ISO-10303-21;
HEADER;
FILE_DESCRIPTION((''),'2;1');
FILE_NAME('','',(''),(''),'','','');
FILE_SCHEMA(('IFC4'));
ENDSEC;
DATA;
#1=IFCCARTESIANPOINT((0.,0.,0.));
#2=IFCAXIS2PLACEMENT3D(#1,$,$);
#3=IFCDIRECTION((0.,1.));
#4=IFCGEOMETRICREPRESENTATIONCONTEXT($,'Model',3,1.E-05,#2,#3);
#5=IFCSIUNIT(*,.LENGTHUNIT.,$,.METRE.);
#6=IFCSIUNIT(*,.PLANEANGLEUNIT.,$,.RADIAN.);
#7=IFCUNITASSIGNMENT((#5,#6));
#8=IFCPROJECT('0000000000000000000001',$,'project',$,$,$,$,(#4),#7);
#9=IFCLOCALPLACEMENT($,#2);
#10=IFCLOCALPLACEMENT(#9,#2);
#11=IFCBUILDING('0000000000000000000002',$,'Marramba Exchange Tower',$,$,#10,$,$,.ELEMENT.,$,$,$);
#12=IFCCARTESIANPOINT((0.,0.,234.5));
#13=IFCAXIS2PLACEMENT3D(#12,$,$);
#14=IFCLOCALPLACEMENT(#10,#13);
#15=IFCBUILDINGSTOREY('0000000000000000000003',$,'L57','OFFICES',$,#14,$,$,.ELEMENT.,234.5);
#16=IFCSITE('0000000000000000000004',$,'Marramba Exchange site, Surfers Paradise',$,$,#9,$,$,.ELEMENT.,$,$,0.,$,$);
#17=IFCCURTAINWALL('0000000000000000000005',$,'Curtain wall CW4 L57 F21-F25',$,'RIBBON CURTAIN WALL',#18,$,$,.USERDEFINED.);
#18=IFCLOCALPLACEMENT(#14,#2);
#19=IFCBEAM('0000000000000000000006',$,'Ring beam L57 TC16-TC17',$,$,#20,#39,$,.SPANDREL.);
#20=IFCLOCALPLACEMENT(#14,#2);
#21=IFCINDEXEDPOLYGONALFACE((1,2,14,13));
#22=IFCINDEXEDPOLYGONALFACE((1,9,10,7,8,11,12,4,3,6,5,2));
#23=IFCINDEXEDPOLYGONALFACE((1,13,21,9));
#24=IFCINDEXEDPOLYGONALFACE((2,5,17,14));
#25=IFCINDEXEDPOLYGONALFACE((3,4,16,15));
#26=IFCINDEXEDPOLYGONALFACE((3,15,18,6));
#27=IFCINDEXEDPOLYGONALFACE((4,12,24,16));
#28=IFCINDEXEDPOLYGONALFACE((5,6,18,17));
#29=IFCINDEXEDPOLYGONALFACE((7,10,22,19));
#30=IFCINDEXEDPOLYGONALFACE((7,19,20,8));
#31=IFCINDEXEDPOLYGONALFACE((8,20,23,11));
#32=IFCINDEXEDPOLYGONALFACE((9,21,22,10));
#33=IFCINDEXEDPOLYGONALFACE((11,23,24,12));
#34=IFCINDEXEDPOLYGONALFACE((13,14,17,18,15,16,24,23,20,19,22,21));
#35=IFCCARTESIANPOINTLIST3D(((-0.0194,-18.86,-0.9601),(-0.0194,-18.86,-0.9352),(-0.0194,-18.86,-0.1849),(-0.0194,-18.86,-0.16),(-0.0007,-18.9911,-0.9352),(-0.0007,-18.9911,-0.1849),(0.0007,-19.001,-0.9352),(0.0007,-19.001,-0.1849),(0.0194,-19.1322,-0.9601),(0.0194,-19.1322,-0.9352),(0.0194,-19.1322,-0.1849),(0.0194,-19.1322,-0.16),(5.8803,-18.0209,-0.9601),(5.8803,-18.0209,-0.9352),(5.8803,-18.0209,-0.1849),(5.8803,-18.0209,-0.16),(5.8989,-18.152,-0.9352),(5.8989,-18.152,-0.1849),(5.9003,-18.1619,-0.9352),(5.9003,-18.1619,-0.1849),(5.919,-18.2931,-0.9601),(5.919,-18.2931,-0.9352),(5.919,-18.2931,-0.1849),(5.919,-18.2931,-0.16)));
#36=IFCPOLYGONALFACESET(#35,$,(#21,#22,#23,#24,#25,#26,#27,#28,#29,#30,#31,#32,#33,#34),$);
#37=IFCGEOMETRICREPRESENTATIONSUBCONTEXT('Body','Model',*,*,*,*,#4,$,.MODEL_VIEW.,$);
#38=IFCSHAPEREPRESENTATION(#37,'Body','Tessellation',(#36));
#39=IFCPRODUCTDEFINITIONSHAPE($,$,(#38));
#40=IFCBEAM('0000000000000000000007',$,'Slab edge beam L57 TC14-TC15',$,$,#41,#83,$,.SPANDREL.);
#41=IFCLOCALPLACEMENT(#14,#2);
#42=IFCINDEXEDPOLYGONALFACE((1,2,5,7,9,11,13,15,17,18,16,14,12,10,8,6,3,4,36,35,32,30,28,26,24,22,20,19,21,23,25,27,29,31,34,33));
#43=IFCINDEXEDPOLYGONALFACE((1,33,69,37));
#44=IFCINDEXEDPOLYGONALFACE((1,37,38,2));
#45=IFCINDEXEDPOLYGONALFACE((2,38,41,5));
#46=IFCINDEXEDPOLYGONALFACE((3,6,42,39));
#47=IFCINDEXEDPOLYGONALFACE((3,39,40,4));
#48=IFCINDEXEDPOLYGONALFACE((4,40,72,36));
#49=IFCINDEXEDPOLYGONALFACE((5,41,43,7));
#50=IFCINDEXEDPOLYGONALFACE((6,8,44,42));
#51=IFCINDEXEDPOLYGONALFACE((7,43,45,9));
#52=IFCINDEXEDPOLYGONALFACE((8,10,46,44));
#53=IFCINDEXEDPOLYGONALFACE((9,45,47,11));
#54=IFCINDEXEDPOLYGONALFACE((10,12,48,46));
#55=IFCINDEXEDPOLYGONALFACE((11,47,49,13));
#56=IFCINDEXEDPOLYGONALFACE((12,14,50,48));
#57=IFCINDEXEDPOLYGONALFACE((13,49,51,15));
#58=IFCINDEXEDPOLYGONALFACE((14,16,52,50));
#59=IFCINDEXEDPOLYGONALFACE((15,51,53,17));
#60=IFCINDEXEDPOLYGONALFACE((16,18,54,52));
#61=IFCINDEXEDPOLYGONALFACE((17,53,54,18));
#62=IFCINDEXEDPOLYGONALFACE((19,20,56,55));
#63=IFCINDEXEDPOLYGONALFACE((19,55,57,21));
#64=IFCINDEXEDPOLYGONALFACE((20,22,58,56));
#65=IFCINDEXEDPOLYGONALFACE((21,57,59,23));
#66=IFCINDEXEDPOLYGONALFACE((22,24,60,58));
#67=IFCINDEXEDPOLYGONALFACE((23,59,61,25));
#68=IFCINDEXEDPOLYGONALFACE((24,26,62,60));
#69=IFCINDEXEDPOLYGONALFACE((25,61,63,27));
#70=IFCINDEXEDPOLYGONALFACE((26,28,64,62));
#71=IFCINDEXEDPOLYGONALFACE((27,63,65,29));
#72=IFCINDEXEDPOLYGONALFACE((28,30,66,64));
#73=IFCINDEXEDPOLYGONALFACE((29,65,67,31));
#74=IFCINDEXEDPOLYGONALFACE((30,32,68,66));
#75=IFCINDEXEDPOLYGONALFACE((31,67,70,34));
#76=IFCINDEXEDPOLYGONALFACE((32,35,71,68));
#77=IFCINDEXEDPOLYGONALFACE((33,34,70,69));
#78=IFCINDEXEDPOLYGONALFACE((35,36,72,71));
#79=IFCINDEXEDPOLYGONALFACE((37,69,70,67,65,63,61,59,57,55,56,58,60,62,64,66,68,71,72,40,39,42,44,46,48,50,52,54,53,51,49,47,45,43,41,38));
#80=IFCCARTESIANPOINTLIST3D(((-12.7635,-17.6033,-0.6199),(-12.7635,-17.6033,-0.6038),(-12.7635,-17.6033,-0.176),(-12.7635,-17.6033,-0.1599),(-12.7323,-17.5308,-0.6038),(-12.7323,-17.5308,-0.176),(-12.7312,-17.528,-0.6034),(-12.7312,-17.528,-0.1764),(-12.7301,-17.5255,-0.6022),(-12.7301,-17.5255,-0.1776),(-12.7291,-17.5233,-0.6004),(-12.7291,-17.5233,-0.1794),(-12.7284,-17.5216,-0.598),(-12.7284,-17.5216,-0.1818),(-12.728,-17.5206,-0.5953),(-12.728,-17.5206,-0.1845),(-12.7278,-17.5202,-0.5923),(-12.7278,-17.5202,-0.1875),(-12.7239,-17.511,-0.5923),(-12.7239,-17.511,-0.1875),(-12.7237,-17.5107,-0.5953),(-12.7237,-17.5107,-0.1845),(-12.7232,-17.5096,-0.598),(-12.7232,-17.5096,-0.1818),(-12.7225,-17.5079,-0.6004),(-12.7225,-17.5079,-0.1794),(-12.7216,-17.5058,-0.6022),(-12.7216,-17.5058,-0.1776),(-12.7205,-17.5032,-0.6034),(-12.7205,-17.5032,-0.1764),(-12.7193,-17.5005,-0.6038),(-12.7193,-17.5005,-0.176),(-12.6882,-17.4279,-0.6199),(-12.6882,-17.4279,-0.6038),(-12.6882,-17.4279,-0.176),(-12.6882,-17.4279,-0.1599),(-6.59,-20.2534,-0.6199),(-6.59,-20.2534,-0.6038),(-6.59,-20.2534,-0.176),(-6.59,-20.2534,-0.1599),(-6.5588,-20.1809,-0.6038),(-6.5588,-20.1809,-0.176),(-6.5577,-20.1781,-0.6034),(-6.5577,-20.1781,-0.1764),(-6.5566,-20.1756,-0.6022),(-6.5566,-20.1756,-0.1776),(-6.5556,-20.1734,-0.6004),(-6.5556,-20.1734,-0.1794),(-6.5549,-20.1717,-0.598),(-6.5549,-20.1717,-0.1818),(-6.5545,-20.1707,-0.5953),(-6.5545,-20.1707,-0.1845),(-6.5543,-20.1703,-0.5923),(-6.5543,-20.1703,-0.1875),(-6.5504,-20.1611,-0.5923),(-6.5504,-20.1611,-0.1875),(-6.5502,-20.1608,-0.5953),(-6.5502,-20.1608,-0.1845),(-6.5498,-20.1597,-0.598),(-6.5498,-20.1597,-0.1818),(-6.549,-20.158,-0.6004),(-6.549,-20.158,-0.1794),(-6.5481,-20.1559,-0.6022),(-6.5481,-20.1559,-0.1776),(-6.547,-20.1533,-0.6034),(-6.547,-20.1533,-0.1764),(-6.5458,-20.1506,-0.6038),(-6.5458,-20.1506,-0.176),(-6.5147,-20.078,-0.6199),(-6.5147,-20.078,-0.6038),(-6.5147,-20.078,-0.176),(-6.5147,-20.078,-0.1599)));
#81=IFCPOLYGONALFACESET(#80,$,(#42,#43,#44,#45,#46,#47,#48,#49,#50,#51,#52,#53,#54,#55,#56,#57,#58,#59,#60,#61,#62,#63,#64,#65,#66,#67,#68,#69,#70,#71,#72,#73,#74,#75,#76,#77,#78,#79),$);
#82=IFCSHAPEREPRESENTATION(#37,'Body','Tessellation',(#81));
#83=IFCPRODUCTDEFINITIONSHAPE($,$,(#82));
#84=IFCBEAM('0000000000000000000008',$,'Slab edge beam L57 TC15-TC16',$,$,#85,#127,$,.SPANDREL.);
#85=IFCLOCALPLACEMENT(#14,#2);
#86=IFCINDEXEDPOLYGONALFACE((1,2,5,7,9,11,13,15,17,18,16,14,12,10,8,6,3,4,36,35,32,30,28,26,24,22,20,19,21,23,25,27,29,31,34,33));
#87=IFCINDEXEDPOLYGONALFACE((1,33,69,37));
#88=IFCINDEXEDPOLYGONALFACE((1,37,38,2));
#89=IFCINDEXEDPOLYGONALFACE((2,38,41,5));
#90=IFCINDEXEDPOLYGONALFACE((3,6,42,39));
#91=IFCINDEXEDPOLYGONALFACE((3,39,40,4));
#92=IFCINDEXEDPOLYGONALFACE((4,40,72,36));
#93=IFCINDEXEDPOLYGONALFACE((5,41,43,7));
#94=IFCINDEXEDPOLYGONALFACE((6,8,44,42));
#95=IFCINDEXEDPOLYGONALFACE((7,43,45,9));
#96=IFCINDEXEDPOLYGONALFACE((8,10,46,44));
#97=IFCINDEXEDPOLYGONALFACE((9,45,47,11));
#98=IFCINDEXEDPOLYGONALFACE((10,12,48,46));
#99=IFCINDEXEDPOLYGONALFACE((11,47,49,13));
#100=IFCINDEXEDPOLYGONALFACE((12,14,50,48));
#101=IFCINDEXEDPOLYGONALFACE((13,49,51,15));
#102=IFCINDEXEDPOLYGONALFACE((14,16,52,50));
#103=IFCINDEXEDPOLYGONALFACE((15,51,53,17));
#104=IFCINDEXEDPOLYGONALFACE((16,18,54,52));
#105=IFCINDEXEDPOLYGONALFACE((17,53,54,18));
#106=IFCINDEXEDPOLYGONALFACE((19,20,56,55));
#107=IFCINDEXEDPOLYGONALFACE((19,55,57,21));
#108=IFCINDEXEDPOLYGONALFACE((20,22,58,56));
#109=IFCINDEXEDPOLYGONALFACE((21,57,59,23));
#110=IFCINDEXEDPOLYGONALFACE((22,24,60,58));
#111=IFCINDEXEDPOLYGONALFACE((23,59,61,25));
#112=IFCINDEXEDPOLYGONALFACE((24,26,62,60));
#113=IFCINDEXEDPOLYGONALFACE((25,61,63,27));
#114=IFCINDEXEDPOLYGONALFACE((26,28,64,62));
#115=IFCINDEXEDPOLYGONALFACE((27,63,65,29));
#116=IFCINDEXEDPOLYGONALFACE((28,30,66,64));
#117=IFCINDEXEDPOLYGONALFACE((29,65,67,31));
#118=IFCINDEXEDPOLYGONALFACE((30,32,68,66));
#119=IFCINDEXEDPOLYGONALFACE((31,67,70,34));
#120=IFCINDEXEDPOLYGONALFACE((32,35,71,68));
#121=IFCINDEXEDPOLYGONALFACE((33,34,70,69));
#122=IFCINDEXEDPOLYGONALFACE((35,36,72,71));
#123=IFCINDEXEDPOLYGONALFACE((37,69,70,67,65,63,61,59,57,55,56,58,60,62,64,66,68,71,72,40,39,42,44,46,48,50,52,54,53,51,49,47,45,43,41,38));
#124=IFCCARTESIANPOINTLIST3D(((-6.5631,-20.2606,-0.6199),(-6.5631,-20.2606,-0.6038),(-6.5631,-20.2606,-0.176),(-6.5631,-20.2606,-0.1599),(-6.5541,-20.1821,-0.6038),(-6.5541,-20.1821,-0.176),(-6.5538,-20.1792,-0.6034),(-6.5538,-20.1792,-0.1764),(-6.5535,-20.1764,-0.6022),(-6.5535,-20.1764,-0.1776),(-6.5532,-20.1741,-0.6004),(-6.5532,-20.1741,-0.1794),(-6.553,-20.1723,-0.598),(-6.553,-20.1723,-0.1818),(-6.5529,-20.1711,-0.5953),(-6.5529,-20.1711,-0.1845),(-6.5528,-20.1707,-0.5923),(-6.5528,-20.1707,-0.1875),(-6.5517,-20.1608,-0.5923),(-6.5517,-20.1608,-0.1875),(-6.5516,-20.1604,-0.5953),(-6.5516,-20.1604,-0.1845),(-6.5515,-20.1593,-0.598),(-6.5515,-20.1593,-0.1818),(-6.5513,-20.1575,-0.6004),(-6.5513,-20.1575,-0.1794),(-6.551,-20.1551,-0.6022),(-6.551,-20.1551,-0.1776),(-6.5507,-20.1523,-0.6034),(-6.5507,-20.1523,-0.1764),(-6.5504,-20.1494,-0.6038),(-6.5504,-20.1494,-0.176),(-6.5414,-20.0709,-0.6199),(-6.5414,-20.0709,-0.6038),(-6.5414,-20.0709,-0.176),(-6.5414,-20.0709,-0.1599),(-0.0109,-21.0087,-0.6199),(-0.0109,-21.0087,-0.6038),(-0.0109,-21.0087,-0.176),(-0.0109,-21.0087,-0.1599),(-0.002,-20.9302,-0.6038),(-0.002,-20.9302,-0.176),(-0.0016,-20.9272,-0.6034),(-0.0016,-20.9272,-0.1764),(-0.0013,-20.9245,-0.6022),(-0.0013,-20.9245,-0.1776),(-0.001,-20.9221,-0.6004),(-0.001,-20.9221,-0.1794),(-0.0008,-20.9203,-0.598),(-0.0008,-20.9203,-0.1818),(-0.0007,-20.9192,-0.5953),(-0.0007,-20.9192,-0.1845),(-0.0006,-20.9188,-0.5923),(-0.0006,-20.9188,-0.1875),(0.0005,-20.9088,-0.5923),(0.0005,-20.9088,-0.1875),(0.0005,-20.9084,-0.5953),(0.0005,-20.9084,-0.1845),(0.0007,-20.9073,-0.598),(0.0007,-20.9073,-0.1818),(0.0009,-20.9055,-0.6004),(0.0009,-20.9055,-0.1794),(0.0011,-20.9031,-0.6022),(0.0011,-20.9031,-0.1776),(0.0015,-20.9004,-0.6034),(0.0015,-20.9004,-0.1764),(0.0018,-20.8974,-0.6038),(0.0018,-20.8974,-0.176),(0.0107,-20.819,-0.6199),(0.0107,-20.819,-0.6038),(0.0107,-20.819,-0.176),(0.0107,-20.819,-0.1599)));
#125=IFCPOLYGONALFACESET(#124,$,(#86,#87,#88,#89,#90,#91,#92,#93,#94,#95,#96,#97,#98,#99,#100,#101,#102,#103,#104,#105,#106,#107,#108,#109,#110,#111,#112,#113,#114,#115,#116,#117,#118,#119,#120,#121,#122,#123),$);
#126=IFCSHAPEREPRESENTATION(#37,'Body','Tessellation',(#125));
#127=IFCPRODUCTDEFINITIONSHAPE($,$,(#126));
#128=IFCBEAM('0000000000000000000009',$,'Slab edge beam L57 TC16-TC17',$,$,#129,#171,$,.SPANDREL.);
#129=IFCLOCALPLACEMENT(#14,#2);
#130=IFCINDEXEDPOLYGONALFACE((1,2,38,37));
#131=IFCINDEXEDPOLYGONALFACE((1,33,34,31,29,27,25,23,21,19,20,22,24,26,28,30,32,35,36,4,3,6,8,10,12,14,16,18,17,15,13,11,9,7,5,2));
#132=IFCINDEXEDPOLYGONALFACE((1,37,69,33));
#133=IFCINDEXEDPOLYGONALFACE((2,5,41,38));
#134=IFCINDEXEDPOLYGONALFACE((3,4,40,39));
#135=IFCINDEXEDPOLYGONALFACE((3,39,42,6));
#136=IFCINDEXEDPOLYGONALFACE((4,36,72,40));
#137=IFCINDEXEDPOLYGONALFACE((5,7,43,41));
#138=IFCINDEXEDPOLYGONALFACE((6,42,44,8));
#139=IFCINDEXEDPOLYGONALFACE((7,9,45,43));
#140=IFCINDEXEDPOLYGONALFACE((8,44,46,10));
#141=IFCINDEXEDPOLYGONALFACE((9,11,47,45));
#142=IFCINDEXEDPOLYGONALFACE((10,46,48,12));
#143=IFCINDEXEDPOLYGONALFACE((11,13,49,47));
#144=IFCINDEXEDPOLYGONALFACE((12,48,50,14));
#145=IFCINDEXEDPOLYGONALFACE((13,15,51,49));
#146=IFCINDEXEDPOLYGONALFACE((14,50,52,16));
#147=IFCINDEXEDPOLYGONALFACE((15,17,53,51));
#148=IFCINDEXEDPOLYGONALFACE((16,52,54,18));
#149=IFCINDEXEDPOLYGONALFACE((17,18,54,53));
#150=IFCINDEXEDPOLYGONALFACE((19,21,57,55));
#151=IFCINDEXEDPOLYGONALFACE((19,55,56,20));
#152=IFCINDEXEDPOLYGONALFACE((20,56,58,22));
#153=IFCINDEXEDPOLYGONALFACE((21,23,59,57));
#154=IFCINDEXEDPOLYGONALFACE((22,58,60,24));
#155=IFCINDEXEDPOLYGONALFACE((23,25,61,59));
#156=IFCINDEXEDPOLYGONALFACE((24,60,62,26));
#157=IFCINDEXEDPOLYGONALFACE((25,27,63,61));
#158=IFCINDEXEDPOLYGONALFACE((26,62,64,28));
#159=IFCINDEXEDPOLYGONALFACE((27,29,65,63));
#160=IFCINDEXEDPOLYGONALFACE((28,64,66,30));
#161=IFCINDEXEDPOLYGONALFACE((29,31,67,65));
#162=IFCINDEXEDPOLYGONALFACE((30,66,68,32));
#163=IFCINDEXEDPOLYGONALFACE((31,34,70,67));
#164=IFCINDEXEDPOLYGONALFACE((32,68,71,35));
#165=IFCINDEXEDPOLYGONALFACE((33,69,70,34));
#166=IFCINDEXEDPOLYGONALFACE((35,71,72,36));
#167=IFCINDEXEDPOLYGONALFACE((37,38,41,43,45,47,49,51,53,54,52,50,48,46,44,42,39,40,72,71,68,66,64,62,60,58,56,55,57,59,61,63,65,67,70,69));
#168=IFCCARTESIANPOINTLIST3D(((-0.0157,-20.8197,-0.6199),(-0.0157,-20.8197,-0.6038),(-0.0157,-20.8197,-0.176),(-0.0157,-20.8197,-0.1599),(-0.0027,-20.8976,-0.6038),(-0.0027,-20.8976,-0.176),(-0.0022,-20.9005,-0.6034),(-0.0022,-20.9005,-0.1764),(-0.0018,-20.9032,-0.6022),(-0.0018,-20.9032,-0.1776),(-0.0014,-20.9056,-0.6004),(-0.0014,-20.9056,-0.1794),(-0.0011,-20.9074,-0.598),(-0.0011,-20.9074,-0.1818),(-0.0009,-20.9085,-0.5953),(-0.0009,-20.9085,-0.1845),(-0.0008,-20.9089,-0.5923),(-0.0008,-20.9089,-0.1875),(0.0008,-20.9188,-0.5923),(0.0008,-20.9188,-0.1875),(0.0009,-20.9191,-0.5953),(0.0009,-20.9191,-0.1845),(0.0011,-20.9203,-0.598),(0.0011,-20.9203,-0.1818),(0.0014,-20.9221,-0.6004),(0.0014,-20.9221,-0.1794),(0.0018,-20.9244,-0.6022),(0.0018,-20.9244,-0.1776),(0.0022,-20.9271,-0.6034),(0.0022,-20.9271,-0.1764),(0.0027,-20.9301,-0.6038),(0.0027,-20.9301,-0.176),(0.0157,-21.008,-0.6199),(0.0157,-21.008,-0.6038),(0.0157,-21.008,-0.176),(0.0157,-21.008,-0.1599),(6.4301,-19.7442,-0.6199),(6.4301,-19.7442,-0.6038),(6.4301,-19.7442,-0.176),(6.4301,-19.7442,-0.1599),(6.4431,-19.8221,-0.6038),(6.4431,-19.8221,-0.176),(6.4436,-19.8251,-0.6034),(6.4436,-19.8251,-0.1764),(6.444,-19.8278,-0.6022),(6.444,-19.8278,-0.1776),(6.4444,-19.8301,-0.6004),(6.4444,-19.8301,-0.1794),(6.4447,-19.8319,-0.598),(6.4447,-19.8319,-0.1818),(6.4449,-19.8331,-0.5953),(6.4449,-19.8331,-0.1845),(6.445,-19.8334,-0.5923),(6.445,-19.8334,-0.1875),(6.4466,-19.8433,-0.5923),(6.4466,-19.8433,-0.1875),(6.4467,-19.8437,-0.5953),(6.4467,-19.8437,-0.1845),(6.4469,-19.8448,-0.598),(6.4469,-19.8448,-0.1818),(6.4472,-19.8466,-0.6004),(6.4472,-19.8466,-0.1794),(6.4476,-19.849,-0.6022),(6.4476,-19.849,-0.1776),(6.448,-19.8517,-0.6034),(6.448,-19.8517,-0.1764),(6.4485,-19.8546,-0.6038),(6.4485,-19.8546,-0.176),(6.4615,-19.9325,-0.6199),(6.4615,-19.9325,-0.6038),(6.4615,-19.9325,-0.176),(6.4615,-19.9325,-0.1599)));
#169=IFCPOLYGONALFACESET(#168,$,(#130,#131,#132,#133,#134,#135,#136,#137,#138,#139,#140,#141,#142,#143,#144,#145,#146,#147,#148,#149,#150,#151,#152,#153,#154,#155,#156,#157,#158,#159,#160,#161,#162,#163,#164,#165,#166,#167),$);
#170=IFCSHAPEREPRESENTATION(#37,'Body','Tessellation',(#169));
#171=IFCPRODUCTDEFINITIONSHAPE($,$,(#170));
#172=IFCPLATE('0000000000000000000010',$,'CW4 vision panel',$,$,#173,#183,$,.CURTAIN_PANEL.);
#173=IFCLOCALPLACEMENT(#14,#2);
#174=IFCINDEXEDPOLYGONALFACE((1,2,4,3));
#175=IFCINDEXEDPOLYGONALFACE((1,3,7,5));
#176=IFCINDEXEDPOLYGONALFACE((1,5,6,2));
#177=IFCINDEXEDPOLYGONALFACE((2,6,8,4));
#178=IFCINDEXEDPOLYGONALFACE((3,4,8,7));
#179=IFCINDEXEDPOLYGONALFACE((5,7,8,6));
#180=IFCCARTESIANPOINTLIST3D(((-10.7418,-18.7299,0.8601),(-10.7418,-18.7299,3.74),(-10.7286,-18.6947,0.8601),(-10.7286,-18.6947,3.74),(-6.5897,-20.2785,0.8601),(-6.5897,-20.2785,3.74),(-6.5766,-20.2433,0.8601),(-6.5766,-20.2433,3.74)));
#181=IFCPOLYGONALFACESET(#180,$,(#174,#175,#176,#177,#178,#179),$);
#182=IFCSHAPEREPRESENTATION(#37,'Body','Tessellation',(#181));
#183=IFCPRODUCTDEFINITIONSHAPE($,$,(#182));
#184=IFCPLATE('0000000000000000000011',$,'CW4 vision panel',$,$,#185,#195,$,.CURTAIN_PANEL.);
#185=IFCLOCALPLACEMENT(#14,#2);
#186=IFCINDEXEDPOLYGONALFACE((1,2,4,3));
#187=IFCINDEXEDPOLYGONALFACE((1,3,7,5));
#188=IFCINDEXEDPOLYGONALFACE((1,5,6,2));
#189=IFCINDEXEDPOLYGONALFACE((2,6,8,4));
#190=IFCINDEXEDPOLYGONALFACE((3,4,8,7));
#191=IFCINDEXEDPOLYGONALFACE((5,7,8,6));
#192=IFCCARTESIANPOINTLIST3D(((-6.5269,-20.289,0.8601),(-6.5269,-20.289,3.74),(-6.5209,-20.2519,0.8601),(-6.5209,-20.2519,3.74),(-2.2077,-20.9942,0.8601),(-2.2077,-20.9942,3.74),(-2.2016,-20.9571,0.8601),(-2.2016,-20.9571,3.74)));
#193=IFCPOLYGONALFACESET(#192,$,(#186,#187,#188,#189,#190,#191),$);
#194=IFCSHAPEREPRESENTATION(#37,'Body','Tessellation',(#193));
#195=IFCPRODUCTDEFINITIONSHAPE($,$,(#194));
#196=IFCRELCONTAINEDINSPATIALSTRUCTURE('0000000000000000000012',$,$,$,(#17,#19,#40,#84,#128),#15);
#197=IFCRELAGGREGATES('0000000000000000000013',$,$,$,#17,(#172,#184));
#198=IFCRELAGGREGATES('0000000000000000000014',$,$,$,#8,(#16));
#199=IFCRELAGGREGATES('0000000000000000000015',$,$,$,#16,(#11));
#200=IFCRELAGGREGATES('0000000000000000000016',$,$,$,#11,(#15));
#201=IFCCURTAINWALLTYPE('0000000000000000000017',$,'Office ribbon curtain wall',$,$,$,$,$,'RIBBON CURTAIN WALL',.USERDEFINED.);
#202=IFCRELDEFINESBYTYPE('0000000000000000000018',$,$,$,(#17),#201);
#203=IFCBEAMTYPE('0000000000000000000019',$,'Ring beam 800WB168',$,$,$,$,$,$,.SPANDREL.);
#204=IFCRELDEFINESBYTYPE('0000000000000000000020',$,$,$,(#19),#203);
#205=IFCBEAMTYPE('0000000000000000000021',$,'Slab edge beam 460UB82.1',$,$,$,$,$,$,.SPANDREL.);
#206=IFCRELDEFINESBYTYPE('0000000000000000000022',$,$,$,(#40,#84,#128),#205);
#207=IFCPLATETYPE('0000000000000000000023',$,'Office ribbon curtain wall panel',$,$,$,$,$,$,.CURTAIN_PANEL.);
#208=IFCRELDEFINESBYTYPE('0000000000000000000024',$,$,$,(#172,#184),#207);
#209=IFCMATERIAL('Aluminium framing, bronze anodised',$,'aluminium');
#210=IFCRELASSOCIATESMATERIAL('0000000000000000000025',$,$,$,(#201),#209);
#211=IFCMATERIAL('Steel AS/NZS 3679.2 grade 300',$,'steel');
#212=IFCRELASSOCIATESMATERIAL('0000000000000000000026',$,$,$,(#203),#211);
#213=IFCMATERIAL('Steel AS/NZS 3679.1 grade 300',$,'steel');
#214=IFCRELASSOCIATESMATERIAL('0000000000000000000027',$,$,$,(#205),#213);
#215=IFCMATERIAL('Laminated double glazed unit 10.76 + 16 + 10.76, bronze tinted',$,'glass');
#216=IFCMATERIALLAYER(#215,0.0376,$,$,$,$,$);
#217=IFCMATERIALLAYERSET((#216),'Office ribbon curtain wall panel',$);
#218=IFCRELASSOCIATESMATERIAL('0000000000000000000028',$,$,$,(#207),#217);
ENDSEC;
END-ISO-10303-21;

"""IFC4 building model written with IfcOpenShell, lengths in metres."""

from ifc_helpers import new_model, si_unit, direction, frame, origin, origin_2d, place, context, subcontext, project, spatial, rectangle, i_section, extrude, material, layer, layer_set, material_profile, profile_set, type_object, element, aggregate, save


model = new_model("IFC4")

# Units and contexts
model_context = context("Model", 3, precision=1e-05, world=origin(), true_north=direction((0.0, 1.0)))
body_context = subcontext(model_context, "Body", "Model", "MODEL_VIEW")
ifc_project = project(units=[si_unit("LENGTHUNIT", "METRE"), si_unit("PLANEANGLEUNIT", "RADIAN")], contexts=[model_context])

# Site, building, storey
site_placement = place(None, origin())
site = spatial("IfcSite", under=ifc_project, at=site_placement, Name="Marramba Exchange site, Surfers Paradise", CompositionType="ELEMENT", RefElevation=0.0)
building_placement = place(site_placement, origin())
building = spatial("IfcBuilding", under=site, at=building_placement, Name="Marramba Exchange Tower", CompositionType="ELEMENT")
storey_placement = place(building_placement, frame((0.0, 0.0, 234.5)))
storey = spatial("IfcBuildingStorey", under=building, at=storey_placement, Name="L57", Description="OFFICES", CompositionType="ELEMENT", Elevation=234.5)

# Shared definitions
ifc_material_1 = material(Name="Steel AS/NZS 3679.2 grade 300", Category="steel")

# Curtain wall
ifc_material_2 = material(Name="Aluminium framing, bronze anodised", Category="aluminium")
curtain_wall_type = type_object("IfcCurtainWallType", Name="Office ribbon curtain wall", ElementType="RIBBON CURTAIN WALL", PredefinedType="USERDEFINED", material=ifc_material_2)
curtain_wall_placement = place(storey_placement, origin())
curtain_wall = element("IfcCurtainWall", 1, at=curtain_wall_placement, inside=storey, type_object=curtain_wall_type, Name="Curtain wall CW4 L57 F21-F25", ObjectType="RIBBON CURTAIN WALL", PredefinedType="USERDEFINED")

# Beams
ifc_material_profile_1 = material_profile(ifc_material_1, i_section(OverallWidth=0.2749, OverallDepth=0.8, WebThickness=0.01, FlangeThickness=0.0249, at=origin_2d()), Name="800WB168")
ifc_profile_set_1 = profile_set([ifc_material_profile_1], Name="Steel AS/NZS 3679.2 grade 300")
beam_type_1 = type_object("IfcBeamType", Name="Ring beam 800WB168", PredefinedType="SPANDREL", material=ifc_profile_set_1)
for number, where, z_axis, x_axis, name in (
    (2, (0.0, -18.9961, -0.5601), (0.990036, 0.140813, 0.0), (-0.140813, 0.990036, 0.0), "Ring beam L57 TC16-TC17"),
):
    element("IfcBeam", number, at=place(storey_placement, frame(where, z_axis=z_axis, x_axis=x_axis)), inside=storey, type_object=beam_type_1, Name=name, PredefinedType="SPANDREL", context=body_context, shape_type="SweptSolid", body=[
        extrude(i_section(OverallWidth=0.2749, OverallDepth=0.8, WebThickness=0.01, FlangeThickness=0.0249, at=origin_2d()), origin(), (0.0, 0.0, 1.0), 5.959),
    ])
ifc_material_3 = material(Name="Steel AS/NZS 3679.1 grade 300", Category="steel")
ifc_material_profile_2 = material_profile(ifc_material_3, i_section(OverallWidth=0.1909, OverallDepth=0.46, WebThickness=0.01, FlangeThickness=0.0161, FilletRadius=0.0115, at=origin_2d()), Name="460UB82.1")
ifc_profile_set_2 = profile_set([ifc_material_profile_2], Name="Steel AS/NZS 3679.1 grade 300")
beam_type_2 = type_object("IfcBeamType", Name="Slab edge beam 460UB82.1", PredefinedType="SPANDREL", material=ifc_profile_set_2)
beam_1_placement = place(storey_placement, frame((-12.7258, -17.5156, -0.3899), z_axis=(0.918912, -0.394463, 0.0), x_axis=(0.394463, 0.918912, 0.0)))
element("IfcBeam", 3, at=beam_1_placement, inside=storey, type_object=beam_type_2, Name="Slab edge beam L57 TC14-TC15", PredefinedType="SPANDREL", context=body_context, shape_type="SweptSolid", body=[
    extrude(i_section(OverallWidth=0.1909, OverallDepth=0.46, WebThickness=0.01, FlangeThickness=0.0161, FilletRadius=0.0115, at=origin_2d()), origin(), (0.0, 0.0, 1.0), 6.7183),
])
beam_2_placement = place(storey_placement, frame((-6.5522, -20.1658, -0.3899), z_axis=(0.993546, -0.11343, 0.0), x_axis=(0.11343, 0.993546, 0.0)))
element("IfcBeam", 4, at=beam_2_placement, inside=storey, type_object=beam_type_2, Name="Slab edge beam L57 TC15-TC16", PredefinedType="SPANDREL", context=body_context, shape_type="SweptSolid", body=[
    extrude(i_section(OverallWidth=0.1909, OverallDepth=0.46, WebThickness=0.01, FlangeThickness=0.0161, FilletRadius=0.0115, at=origin_2d()), origin(), (0.0, 0.0, 1.0), 6.5947),
])
beam_3_placement = place(storey_placement, frame((0.0, -20.9138, -0.3899), z_axis=(0.986366, 0.164569, 0.0), x_axis=(-0.164569, 0.986366, 0.0)))
element("IfcBeam", 5, at=beam_3_placement, inside=storey, type_object=beam_type_2, Name="Slab edge beam L57 TC16-TC17", PredefinedType="SPANDREL", context=body_context, shape_type="SweptSolid", body=[
    extrude(i_section(OverallWidth=0.1909, OverallDepth=0.46, WebThickness=0.01, FlangeThickness=0.0161, FilletRadius=0.0115, at=origin_2d()), origin(), (0.0, 0.0, 1.0), 6.5349),
])

# Plates
ifc_material_4 = material(Name="Laminated double glazed unit 10.76 + 16 + 10.76, bronze tinted", Category="glass")
ifc_layer_1 = layer(ifc_material_4, 0.0376)
ifc_layer_set_1 = layer_set([ifc_layer_1], Name="Office ribbon curtain wall panel")
plate_type = type_object("IfcPlateType", Name="Office ribbon curtain wall panel", PredefinedType="CURTAIN_PANEL", material=ifc_layer_set_1)
plate_1_placement = place(storey_placement, frame((-8.6592, -19.4866, 0.8601), z_axis=(0.0, 0.0, 1.0), x_axis=(0.936952, -0.349459, 0.0)))
plate_1 = element("IfcPlate", 6, at=plate_1_placement, type_object=plate_type, Name="CW4 vision panel", PredefinedType="CURTAIN_PANEL", context=body_context, shape_type="SweptSolid", body=[
    extrude(rectangle(XDim=4.4314, YDim=0.0376, at=origin_2d()), origin(), (0.0, 0.0, 1.0), 2.8799),
])
plate_2_placement = place(storey_placement, frame((-4.3643, -20.623, 0.8601), z_axis=(0.0, 0.0, 1.0), x_axis=(0.986931, -0.161146, 0.0)))
plate_2 = element("IfcPlate", 7, at=plate_2_placement, type_object=plate_type, Name="CW4 vision panel", PredefinedType="CURTAIN_PANEL", context=body_context, shape_type="SweptSolid", body=[
    extrude(rectangle(XDim=4.3765, YDim=0.0376, at=origin_2d()), origin(), (0.0, 0.0, 1.0), 2.8799),
])
aggregate(curtain_wall, [plate_1, plate_2])

save(model, "model.ifc")
